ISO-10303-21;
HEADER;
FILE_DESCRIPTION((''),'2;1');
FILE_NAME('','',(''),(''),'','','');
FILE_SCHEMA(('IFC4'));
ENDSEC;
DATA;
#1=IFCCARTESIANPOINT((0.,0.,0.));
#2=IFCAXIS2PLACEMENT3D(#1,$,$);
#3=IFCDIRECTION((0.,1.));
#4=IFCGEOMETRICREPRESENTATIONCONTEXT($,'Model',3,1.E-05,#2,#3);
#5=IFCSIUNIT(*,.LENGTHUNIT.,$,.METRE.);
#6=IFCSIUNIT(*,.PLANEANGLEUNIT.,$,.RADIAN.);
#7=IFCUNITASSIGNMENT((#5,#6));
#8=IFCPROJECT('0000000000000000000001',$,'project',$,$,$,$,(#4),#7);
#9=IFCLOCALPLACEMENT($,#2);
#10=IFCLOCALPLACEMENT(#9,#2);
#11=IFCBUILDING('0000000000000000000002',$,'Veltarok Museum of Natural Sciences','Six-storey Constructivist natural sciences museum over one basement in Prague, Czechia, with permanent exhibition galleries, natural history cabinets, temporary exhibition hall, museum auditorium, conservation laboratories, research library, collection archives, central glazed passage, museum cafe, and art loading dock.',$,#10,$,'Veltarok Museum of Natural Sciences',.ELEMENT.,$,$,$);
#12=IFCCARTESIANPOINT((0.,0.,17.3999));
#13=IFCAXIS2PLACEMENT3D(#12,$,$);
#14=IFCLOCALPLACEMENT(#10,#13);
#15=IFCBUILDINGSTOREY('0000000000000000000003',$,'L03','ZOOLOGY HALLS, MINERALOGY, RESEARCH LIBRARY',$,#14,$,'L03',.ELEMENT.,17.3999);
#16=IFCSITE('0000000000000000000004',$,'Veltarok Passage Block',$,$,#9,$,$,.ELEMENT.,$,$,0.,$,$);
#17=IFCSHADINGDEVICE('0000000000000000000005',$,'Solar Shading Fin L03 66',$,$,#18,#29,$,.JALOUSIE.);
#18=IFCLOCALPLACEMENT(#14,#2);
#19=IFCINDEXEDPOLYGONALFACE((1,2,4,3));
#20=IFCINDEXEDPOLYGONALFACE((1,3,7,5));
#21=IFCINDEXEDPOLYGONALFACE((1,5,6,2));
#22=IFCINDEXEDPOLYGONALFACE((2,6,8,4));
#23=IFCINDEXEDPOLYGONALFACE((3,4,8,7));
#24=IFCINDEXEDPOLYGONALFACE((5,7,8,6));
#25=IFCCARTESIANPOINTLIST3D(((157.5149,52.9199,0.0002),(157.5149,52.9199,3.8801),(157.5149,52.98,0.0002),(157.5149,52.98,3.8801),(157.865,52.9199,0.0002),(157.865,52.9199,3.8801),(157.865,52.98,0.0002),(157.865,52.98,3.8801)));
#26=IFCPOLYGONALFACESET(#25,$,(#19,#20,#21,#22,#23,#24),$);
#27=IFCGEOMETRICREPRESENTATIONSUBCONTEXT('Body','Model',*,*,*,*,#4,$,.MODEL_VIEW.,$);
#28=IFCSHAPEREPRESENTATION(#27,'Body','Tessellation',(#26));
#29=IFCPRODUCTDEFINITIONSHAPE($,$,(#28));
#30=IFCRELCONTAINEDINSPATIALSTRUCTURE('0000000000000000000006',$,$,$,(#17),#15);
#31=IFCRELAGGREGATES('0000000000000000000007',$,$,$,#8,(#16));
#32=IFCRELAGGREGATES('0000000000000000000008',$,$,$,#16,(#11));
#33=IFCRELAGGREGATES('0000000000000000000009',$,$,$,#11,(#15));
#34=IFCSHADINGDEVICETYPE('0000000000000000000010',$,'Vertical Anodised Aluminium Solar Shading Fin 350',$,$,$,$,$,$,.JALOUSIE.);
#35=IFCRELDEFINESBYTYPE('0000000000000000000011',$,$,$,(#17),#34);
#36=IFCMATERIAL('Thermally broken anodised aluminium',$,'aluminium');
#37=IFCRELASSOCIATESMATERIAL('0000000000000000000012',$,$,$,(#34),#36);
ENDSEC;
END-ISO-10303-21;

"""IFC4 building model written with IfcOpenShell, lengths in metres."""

from ifc_helpers import new_model, si_unit, direction, frame, origin, origin_2d, place, context, subcontext, project, spatial, rectangle, extrude, material, type_object, element, save


model = new_model("IFC4")

# Units and contexts
model_context = context("Model", 3, precision=1e-05, world=origin(), true_north=direction((0.0, 1.0)))
body_context = subcontext(model_context, "Body", "Model", "MODEL_VIEW")
ifc_project = project(units=[si_unit("LENGTHUNIT", "METRE"), si_unit("PLANEANGLEUNIT", "RADIAN")], contexts=[model_context])

# Site, building, storey
site_placement = place(None, origin())
site = spatial("IfcSite", under=ifc_project, at=site_placement, Name="Veltarok Passage Block", CompositionType="ELEMENT", RefElevation=0.0)
building_placement = place(site_placement, origin())
building = spatial("IfcBuilding", under=site, at=building_placement, Name="Veltarok Museum of Natural Sciences", Description="Six-storey Constructivist natural sciences museum over one basement in Prague, Czechia, with permanent exhibition galleries, natural history cabinets, temporary exhibition hall, museum auditorium, conservation laboratories, research library, collection archives, central glazed passage, museum cafe, and art loading dock.", LongName="Veltarok Museum of Natural Sciences", CompositionType="ELEMENT")
storey_placement = place(building_placement, frame((0.0, 0.0, 17.3999)))
storey = spatial("IfcBuildingStorey", under=building, at=storey_placement, Name="L03", Description="ZOOLOGY HALLS, MINERALOGY, RESEARCH LIBRARY", LongName="L03", CompositionType="ELEMENT", Elevation=17.3999)

# Shared definitions
ifc_material_1 = material(Name="Thermally broken anodised aluminium", Category="aluminium")

# Shading device
shading_device_type = type_object("IfcShadingDeviceType", Name="Vertical Anodised Aluminium Solar Shading Fin 350", PredefinedType="JALOUSIE", material=ifc_material_1)
for number, where, z_axis, x_axis, name in (
    (1, (157.6899, 52.95, 0.0002), (0.0, 0.0, 1.0), (1.0, 0.0, 0.0), "Solar Shading Fin L03 66"),
):
    element("IfcShadingDevice", number, at=place(storey_placement, frame(where, z_axis=z_axis, x_axis=x_axis)), inside=storey, type_object=shading_device_type, Name=name, PredefinedType="JALOUSIE", context=body_context, shape_type="SweptSolid", body=[
        extrude(rectangle(XDim=0.3501, YDim=0.0601, at=origin_2d()), origin(), (0.0, 0.0, 1.0), 3.8799),
    ])

save(model, "model.ifc")
